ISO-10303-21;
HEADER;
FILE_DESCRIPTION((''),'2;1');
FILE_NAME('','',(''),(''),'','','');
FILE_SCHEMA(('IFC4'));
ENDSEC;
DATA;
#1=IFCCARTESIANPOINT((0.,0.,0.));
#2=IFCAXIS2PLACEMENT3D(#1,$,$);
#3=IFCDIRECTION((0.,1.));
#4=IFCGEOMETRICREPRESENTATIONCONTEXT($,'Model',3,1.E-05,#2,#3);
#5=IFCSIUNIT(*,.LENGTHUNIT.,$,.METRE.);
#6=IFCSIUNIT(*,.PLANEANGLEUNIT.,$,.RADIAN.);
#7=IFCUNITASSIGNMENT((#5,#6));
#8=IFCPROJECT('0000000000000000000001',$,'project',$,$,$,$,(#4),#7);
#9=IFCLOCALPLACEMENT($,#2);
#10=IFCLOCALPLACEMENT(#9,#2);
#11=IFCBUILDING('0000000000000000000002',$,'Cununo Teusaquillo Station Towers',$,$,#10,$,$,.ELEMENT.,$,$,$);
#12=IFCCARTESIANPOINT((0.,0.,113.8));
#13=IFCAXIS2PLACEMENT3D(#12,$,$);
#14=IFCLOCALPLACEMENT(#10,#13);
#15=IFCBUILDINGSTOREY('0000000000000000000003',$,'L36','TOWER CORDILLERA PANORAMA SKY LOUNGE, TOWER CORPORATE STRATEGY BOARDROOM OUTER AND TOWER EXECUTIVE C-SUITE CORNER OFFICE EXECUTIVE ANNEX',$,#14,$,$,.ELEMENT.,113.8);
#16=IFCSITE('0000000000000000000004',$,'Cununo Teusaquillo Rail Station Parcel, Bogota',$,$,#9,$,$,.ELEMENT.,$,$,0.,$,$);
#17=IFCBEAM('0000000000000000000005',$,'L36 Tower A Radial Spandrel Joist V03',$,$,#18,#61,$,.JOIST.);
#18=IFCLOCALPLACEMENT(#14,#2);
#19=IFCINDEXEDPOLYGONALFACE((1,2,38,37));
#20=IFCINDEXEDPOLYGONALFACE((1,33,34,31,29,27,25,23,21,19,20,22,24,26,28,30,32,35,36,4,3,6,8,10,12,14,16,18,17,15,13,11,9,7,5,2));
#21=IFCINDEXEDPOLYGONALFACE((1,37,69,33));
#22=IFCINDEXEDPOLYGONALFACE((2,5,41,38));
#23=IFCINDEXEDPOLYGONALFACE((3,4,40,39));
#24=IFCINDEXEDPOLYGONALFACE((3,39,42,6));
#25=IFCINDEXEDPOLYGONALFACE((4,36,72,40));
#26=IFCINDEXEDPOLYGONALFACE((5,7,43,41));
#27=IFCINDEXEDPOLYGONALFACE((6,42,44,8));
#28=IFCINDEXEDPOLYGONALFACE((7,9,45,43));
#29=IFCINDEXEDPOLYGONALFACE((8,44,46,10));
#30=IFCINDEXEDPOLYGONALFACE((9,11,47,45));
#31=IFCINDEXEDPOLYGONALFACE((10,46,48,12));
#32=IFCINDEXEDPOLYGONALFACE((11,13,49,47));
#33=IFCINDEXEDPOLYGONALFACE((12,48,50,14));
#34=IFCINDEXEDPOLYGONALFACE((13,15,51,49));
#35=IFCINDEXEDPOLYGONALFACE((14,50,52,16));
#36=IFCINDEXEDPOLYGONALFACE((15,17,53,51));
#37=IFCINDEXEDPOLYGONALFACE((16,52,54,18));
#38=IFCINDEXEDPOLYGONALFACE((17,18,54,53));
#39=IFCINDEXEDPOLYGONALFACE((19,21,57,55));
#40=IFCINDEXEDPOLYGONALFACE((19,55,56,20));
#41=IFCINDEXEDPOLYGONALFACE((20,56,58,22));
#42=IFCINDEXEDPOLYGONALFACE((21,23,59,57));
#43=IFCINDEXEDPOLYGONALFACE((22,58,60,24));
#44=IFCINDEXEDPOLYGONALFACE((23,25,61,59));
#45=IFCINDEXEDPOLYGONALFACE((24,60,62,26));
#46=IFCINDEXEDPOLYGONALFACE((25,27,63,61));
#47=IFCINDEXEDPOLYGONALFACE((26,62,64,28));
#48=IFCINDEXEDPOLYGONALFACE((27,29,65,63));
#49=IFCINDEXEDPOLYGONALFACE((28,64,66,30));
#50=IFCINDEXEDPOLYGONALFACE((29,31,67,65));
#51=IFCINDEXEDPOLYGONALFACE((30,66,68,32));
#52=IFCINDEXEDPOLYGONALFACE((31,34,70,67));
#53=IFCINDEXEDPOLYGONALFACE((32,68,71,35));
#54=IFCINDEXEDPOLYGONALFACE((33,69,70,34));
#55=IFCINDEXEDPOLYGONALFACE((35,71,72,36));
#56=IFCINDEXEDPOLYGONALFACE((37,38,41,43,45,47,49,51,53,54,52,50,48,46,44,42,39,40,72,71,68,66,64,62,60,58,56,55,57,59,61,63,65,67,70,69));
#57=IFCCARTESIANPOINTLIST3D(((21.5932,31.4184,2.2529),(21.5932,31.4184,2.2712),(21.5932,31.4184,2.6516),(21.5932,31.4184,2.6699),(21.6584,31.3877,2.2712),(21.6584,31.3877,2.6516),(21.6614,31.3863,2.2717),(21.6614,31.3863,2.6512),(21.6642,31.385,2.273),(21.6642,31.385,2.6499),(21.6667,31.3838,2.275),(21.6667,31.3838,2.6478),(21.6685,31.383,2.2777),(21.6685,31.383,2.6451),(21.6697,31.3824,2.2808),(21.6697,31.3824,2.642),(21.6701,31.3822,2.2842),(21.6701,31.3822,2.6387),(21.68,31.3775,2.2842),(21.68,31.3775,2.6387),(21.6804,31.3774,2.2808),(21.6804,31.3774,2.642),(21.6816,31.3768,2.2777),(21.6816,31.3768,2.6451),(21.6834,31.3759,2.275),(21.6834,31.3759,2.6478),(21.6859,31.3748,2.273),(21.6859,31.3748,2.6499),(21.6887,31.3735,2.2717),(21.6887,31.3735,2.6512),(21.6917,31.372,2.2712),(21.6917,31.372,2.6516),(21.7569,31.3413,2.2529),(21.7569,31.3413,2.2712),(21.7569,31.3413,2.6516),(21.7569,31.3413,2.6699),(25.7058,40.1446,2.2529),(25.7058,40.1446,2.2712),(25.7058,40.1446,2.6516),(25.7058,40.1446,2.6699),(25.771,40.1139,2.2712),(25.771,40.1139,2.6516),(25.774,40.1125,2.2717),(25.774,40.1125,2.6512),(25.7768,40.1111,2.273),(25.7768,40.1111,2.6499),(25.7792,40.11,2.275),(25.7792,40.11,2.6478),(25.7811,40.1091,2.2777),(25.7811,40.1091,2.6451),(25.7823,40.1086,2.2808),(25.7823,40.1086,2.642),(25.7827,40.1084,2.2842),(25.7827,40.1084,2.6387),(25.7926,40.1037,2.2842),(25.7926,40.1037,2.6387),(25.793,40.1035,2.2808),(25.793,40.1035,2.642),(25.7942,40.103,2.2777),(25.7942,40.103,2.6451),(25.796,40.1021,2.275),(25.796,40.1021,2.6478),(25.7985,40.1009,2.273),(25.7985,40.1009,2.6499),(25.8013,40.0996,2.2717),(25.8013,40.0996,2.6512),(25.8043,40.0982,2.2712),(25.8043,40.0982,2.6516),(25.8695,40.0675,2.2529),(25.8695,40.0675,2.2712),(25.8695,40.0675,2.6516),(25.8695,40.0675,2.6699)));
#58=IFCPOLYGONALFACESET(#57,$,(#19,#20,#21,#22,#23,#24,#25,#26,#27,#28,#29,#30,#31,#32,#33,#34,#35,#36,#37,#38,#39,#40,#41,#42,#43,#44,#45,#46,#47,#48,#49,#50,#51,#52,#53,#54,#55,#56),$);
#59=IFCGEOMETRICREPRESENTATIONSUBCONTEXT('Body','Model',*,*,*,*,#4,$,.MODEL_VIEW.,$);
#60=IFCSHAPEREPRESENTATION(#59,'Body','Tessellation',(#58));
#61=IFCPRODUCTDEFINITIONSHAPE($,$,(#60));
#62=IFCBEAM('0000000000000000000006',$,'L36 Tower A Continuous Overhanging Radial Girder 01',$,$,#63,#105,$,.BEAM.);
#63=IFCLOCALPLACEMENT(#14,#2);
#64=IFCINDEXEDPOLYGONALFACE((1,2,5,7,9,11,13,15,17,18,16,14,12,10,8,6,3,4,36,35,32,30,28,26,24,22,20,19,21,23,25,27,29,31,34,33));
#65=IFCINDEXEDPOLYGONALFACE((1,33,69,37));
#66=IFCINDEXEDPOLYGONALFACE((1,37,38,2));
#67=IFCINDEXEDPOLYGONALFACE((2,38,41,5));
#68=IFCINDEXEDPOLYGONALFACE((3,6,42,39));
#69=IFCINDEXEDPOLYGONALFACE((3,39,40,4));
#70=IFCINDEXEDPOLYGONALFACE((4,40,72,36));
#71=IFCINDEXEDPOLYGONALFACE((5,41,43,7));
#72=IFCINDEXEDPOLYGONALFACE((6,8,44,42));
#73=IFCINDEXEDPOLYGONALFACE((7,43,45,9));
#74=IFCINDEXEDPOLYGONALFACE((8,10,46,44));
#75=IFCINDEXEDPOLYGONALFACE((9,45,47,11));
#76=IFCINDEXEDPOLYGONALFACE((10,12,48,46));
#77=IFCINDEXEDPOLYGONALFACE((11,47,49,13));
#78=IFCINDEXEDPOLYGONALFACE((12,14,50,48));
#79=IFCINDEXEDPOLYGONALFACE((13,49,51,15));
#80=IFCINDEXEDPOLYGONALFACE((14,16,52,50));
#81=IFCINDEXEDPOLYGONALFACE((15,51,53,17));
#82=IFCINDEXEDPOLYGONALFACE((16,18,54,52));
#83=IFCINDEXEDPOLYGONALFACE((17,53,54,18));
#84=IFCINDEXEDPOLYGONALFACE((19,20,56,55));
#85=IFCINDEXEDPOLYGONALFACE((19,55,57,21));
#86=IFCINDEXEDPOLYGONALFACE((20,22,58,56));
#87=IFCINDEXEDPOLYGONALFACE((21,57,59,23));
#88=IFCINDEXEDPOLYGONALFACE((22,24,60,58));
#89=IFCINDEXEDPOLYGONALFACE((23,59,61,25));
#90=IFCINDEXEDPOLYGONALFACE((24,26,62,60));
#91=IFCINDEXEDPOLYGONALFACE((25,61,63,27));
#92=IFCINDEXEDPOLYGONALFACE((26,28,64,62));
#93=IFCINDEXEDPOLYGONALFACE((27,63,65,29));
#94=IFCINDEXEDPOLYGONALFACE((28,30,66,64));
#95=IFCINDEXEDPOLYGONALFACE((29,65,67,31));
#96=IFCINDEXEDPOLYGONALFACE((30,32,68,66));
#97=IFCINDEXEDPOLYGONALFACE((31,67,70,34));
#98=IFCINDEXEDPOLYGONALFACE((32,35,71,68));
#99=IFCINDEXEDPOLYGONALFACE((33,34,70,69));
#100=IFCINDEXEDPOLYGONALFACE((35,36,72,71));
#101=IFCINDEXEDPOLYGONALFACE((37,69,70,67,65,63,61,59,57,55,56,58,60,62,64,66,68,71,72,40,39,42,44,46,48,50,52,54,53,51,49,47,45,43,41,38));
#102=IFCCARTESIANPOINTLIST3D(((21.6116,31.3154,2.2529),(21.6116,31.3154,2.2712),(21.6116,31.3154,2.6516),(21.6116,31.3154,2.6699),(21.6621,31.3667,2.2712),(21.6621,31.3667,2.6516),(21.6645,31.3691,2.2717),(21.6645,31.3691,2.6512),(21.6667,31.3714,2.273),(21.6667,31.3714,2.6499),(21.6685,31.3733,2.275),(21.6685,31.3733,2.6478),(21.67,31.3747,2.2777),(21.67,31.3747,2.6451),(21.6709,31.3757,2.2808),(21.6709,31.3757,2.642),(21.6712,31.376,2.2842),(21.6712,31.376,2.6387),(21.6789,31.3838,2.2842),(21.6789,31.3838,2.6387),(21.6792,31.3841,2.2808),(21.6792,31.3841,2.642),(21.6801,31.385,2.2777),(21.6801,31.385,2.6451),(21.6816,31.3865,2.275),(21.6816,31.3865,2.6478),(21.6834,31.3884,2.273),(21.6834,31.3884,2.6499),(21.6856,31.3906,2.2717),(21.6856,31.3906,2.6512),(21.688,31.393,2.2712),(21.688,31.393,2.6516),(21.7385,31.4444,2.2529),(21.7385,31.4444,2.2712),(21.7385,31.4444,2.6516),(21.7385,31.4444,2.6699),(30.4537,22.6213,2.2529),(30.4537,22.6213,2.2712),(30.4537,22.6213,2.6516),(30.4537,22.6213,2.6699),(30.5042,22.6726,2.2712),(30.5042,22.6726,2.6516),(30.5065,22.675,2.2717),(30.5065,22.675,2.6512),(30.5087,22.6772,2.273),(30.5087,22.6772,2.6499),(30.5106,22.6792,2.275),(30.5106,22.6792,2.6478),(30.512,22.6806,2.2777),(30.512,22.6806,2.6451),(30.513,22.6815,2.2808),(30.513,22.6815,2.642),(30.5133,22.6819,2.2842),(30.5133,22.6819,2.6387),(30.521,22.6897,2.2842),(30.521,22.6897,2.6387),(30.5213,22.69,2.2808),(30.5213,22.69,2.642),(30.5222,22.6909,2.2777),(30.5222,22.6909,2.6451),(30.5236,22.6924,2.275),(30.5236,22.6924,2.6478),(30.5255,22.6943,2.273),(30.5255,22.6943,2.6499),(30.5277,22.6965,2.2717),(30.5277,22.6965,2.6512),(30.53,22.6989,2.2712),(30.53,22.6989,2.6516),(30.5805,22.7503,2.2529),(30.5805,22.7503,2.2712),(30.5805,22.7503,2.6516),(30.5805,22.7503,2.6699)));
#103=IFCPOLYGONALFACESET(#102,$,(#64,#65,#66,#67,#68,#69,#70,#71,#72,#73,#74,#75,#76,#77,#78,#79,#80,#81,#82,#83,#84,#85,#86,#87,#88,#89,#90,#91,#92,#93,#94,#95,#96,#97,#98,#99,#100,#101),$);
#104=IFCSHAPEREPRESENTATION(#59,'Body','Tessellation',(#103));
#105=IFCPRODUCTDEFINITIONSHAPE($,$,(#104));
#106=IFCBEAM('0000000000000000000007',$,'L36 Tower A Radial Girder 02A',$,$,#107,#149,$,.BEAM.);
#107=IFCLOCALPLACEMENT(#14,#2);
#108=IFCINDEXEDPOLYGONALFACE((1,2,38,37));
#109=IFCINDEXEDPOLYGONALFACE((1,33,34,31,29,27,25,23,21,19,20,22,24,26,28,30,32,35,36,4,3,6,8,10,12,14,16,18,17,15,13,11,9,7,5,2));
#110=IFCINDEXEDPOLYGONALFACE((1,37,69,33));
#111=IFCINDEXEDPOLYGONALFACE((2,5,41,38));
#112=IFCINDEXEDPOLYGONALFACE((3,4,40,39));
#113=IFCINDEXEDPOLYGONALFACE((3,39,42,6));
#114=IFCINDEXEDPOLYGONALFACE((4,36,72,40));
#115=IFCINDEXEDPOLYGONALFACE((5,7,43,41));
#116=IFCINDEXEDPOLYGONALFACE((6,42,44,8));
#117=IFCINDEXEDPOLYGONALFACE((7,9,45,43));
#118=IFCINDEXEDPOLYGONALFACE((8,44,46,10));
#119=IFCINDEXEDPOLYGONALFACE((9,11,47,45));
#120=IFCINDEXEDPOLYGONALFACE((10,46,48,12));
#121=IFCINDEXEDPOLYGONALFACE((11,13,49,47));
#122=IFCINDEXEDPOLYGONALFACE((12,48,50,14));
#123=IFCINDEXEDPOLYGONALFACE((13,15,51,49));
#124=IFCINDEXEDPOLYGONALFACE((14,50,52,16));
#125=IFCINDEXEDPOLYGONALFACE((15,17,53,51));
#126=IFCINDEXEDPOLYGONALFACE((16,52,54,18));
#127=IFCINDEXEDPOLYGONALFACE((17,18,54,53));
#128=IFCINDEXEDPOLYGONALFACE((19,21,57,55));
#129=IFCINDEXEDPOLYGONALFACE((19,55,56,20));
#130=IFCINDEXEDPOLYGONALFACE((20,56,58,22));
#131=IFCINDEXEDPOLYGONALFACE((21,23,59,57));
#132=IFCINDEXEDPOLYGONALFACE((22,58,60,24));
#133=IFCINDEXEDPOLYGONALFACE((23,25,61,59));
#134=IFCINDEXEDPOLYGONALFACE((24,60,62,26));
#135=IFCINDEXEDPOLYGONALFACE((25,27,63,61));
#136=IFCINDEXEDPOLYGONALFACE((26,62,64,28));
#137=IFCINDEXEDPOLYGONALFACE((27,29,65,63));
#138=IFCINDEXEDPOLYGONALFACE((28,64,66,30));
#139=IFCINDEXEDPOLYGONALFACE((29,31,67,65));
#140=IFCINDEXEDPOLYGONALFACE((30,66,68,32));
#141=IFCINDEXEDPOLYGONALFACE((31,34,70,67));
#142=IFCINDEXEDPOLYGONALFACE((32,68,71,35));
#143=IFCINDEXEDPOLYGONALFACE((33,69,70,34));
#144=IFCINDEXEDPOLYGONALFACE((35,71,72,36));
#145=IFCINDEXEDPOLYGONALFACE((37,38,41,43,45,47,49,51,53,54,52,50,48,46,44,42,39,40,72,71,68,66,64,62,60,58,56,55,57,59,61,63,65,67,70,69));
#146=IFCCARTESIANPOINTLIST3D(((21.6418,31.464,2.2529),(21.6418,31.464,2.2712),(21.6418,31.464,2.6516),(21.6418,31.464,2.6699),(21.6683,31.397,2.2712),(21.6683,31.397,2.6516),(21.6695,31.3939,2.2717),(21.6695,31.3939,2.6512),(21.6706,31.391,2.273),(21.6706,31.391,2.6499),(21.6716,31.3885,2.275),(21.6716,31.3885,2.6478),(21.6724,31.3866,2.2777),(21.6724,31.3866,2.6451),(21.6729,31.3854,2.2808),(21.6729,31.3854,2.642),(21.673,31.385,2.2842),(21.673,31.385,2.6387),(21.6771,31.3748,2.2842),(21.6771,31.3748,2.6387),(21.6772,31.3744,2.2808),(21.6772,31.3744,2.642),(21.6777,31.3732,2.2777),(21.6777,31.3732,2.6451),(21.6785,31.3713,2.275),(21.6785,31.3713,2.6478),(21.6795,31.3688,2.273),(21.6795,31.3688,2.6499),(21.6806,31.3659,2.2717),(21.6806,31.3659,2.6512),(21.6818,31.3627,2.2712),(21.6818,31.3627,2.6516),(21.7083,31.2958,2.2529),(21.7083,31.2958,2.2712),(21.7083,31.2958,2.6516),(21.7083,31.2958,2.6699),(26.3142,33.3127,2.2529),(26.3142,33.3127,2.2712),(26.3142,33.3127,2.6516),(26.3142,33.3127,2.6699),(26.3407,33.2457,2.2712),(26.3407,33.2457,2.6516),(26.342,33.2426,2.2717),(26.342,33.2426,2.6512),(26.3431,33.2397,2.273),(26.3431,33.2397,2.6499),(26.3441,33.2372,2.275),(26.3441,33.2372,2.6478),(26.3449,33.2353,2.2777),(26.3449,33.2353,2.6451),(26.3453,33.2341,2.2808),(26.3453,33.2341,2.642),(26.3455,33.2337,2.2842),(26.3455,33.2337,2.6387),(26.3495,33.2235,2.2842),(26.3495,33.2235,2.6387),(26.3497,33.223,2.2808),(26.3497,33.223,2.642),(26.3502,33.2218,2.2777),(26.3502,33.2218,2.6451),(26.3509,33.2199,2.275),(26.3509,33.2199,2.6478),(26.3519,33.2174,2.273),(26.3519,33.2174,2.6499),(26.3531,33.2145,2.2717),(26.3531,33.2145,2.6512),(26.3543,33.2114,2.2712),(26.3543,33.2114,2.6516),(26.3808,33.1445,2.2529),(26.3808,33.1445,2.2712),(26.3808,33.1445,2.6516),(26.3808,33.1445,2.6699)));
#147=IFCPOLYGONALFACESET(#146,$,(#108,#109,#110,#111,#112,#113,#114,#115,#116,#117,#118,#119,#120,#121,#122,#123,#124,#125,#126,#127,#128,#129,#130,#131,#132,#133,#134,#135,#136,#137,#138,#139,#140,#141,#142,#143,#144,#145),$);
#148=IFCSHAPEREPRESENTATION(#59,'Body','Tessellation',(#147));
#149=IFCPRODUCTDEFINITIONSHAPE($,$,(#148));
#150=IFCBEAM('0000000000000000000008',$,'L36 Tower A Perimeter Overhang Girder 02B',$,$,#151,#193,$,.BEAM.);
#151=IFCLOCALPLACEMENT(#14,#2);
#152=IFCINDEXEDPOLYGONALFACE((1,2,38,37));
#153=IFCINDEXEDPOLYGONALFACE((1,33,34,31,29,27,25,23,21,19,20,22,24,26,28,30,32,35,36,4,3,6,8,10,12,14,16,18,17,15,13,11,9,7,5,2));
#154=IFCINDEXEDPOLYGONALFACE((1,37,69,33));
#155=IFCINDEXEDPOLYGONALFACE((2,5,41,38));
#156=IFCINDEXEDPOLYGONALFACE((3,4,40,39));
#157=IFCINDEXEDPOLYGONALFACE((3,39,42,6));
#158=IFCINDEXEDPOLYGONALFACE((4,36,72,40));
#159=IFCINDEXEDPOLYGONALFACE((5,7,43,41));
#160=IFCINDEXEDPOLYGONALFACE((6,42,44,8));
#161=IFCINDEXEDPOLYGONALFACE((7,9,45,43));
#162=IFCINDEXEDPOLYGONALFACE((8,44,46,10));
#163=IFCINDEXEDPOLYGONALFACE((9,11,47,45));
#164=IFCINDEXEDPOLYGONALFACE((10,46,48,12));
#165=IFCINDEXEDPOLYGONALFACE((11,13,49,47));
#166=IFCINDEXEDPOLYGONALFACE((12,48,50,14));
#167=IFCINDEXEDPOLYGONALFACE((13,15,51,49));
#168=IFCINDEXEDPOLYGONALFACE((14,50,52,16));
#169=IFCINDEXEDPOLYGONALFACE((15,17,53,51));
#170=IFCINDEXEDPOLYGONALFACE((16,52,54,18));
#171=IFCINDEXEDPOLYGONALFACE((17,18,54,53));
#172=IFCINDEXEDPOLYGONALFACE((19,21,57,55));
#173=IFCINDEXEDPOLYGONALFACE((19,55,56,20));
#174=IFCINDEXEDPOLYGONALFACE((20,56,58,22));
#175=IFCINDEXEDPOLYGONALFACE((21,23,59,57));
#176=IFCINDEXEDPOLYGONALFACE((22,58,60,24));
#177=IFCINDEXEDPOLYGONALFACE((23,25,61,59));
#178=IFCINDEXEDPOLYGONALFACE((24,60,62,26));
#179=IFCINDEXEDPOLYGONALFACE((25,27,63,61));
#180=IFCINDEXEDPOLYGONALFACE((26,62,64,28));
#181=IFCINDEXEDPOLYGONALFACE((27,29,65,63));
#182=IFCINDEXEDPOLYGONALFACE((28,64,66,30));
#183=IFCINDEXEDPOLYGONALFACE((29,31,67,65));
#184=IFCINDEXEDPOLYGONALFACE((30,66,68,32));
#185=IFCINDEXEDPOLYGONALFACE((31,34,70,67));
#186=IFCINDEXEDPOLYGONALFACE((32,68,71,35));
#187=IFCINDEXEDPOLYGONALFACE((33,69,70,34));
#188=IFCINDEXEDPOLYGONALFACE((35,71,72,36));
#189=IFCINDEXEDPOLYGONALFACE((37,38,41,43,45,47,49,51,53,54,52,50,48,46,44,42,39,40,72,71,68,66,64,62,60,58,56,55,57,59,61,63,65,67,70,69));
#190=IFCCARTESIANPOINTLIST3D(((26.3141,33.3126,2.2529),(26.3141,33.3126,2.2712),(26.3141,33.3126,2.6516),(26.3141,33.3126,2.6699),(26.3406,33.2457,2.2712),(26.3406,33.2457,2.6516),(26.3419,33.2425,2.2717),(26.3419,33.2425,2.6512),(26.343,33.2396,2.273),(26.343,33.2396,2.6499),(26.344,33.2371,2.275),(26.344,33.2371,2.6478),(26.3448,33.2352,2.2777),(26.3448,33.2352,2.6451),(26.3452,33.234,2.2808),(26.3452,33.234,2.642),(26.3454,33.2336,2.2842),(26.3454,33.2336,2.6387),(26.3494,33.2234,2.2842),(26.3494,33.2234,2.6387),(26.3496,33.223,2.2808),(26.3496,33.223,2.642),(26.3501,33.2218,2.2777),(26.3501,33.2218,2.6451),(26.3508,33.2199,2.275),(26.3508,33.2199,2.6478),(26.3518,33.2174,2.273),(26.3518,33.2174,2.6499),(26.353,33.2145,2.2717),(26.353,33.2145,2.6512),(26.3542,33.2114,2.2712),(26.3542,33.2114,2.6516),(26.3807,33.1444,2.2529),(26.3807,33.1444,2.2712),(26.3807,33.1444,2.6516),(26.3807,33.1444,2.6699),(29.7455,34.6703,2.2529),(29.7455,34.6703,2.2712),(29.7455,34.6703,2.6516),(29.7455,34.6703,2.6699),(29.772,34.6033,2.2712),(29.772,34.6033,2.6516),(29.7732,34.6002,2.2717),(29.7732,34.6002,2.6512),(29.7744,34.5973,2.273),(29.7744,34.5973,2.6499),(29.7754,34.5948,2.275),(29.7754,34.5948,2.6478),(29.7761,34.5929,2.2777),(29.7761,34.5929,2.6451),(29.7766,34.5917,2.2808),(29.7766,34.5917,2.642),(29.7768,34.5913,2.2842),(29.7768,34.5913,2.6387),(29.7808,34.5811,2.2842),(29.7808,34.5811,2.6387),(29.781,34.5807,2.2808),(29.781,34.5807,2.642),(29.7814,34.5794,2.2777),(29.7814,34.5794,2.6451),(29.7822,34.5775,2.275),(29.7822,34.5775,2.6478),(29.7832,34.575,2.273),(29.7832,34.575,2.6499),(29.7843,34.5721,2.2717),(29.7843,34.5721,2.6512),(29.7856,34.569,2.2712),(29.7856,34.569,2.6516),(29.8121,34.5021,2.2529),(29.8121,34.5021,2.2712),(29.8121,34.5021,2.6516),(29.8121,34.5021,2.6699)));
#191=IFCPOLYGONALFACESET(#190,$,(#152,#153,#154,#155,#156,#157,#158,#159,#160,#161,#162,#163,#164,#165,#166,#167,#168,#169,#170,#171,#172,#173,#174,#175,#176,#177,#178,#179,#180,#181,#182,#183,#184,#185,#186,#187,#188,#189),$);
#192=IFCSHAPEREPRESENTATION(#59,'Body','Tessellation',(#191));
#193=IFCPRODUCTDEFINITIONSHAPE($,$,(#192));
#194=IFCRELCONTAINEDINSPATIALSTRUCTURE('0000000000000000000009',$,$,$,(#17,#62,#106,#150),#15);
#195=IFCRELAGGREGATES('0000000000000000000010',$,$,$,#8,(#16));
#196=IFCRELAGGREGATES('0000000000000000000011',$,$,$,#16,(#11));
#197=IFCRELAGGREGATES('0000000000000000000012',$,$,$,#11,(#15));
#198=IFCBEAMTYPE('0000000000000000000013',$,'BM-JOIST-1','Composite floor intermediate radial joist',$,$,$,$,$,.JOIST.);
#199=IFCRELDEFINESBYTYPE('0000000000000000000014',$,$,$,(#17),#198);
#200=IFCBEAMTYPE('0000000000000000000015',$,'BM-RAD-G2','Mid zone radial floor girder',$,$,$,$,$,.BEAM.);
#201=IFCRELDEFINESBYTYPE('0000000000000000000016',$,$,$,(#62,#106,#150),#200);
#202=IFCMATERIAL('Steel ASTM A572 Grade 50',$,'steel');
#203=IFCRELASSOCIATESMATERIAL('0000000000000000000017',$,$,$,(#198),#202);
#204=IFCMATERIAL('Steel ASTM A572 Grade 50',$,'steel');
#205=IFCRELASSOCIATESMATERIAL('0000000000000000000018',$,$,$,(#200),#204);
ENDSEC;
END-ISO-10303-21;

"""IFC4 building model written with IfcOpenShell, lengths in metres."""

from ifc_helpers import new_model, si_unit, direction, frame, origin, origin_2d, place, context, subcontext, project, spatial, i_section, extrude, material, material_profile, profile_set, type_object, element, save


model = new_model("IFC4")

# Units and contexts
model_context = context("Model", 3, precision=1e-05, world=origin(), true_north=direction((0.0, 1.0)))
body_context = subcontext(model_context, "Body", "Model", "MODEL_VIEW")
ifc_project = project(units=[si_unit("LENGTHUNIT", "METRE"), si_unit("PLANEANGLEUNIT", "RADIAN")], contexts=[model_context])

# Site, building, storey
site_placement = place(None, origin())
site = spatial("IfcSite", under=ifc_project, at=site_placement, Name="Cununo Teusaquillo Rail Station Parcel, Bogota", CompositionType="ELEMENT", RefElevation=0.0)
building_placement = place(site_placement, origin())
building = spatial("IfcBuilding", under=site, at=building_placement, Name="Cununo Teusaquillo Station Towers", CompositionType="ELEMENT")
storey_placement = place(building_placement, frame((0.0, 0.0, 113.8)))
storey = spatial("IfcBuildingStorey", under=building, at=storey_placement, Name="L36", Description="TOWER CORDILLERA PANORAMA SKY LOUNGE, TOWER CORPORATE STRATEGY BOARDROOM OUTER AND TOWER EXECUTIVE C-SUITE CORNER OFFICE EXECUTIVE ANNEX", CompositionType="ELEMENT", Elevation=113.8)

# Beams
ifc_material_1 = material(Name="Steel ASTM A572 Grade 50", Category="steel")
ifc_material_profile_1 = material_profile(ifc_material_1, i_section(OverallWidth=0.1809, OverallDepth=0.417, WebThickness=0.011, FlangeThickness=0.0183, FilletRadius=0.0129, at=origin_2d()), Name="W16X57")
ifc_profile_set_1 = profile_set([ifc_material_profile_1], Name="Steel ASTM A572 Grade 50")
beam_type_1 = type_object("IfcBeamType", Name="BM-JOIST-1", Description="Composite floor intermediate radial joist", PredefinedType="JOIST", material=ifc_profile_set_1)
beam_1_placement = place(storey_placement, frame((21.675, 31.3799, 2.4614), z_axis=(0.42632, 0.904572, 0.0), x_axis=(-0.904572, 0.42632, 0.0)))
element("IfcBeam", 1, at=beam_1_placement, inside=storey, type_object=beam_type_1, Name="L36 Tower A Radial Spandrel Joist V03", PredefinedType="JOIST", context=body_context, shape_type="SweptSolid", body=[
    extrude(i_section(OverallWidth=0.1809, OverallDepth=0.417, WebThickness=0.011, FlangeThickness=0.0183, FilletRadius=0.0129, at=origin_2d()), origin(), (0.0, 0.0, 1.0), 9.6467),
])
ifc_material_2 = material(Name="Steel ASTM A572 Grade 50", Category="steel")
ifc_material_profile_2 = material_profile(ifc_material_2, i_section(OverallWidth=0.1809, OverallDepth=0.417, WebThickness=0.011, FlangeThickness=0.0183, FilletRadius=0.0129, at=origin_2d()), Name="W16X57")
ifc_profile_set_2 = profile_set([ifc_material_profile_2], Name="Steel ASTM A572 Grade 50")
beam_type_2 = type_object("IfcBeamType", Name="BM-RAD-G2", Description="Mid zone radial floor girder", PredefinedType="BEAM", material=ifc_profile_set_2)
beam_2_placement = place(storey_placement, frame((21.675, 31.3799, 2.4614), z_axis=(0.713047, -0.701116, 0.0), x_axis=(0.701116, 0.713047, 0.0)))
element("IfcBeam", 2, at=beam_2_placement, inside=storey, type_object=beam_type_2, Name="L36 Tower A Continuous Overhanging Radial Girder 01", PredefinedType="BEAM", context=body_context, shape_type="SweptSolid", body=[
    extrude(i_section(OverallWidth=0.1809, OverallDepth=0.417, WebThickness=0.011, FlangeThickness=0.0183, FilletRadius=0.0129, at=origin_2d()), origin(), (0.0, 0.0, 1.0), 12.4004),
])
beam_3_placement = place(storey_placement, frame((21.675, 31.3799, 2.4614), z_axis=(0.929864, 0.367903, 0.0), x_axis=(-0.367903, 0.929864, 0.0)))
element("IfcBeam", 3, at=beam_3_placement, inside=storey, type_object=beam_type_2, Name="L36 Tower A Radial Girder 02A", PredefinedType="BEAM", context=body_context, shape_type="SweptSolid", body=[
    extrude(i_section(OverallWidth=0.1809, OverallDepth=0.417, WebThickness=0.011, FlangeThickness=0.0183, FilletRadius=0.0129, at=origin_2d()), origin(), (0.0, 0.0, 1.0), 5.0249),
])
beam_4_placement = place(storey_placement, frame((26.3474, 33.2285, 2.4614), z_axis=(0.929862, 0.367909, 0.0), x_axis=(-0.367909, 0.929862, 0.0)))
element("IfcBeam", 4, at=beam_4_placement, inside=storey, type_object=beam_type_2, Name="L36 Tower A Perimeter Overhang Girder 02B", PredefinedType="BEAM", context=body_context, shape_type="SweptSolid", body=[
    extrude(i_section(OverallWidth=0.1809, OverallDepth=0.417, WebThickness=0.011, FlangeThickness=0.0183, FilletRadius=0.0129, at=origin_2d()), origin(), (0.0, 0.0, 1.0), 3.6902),
])

save(model, "model.ifc")
